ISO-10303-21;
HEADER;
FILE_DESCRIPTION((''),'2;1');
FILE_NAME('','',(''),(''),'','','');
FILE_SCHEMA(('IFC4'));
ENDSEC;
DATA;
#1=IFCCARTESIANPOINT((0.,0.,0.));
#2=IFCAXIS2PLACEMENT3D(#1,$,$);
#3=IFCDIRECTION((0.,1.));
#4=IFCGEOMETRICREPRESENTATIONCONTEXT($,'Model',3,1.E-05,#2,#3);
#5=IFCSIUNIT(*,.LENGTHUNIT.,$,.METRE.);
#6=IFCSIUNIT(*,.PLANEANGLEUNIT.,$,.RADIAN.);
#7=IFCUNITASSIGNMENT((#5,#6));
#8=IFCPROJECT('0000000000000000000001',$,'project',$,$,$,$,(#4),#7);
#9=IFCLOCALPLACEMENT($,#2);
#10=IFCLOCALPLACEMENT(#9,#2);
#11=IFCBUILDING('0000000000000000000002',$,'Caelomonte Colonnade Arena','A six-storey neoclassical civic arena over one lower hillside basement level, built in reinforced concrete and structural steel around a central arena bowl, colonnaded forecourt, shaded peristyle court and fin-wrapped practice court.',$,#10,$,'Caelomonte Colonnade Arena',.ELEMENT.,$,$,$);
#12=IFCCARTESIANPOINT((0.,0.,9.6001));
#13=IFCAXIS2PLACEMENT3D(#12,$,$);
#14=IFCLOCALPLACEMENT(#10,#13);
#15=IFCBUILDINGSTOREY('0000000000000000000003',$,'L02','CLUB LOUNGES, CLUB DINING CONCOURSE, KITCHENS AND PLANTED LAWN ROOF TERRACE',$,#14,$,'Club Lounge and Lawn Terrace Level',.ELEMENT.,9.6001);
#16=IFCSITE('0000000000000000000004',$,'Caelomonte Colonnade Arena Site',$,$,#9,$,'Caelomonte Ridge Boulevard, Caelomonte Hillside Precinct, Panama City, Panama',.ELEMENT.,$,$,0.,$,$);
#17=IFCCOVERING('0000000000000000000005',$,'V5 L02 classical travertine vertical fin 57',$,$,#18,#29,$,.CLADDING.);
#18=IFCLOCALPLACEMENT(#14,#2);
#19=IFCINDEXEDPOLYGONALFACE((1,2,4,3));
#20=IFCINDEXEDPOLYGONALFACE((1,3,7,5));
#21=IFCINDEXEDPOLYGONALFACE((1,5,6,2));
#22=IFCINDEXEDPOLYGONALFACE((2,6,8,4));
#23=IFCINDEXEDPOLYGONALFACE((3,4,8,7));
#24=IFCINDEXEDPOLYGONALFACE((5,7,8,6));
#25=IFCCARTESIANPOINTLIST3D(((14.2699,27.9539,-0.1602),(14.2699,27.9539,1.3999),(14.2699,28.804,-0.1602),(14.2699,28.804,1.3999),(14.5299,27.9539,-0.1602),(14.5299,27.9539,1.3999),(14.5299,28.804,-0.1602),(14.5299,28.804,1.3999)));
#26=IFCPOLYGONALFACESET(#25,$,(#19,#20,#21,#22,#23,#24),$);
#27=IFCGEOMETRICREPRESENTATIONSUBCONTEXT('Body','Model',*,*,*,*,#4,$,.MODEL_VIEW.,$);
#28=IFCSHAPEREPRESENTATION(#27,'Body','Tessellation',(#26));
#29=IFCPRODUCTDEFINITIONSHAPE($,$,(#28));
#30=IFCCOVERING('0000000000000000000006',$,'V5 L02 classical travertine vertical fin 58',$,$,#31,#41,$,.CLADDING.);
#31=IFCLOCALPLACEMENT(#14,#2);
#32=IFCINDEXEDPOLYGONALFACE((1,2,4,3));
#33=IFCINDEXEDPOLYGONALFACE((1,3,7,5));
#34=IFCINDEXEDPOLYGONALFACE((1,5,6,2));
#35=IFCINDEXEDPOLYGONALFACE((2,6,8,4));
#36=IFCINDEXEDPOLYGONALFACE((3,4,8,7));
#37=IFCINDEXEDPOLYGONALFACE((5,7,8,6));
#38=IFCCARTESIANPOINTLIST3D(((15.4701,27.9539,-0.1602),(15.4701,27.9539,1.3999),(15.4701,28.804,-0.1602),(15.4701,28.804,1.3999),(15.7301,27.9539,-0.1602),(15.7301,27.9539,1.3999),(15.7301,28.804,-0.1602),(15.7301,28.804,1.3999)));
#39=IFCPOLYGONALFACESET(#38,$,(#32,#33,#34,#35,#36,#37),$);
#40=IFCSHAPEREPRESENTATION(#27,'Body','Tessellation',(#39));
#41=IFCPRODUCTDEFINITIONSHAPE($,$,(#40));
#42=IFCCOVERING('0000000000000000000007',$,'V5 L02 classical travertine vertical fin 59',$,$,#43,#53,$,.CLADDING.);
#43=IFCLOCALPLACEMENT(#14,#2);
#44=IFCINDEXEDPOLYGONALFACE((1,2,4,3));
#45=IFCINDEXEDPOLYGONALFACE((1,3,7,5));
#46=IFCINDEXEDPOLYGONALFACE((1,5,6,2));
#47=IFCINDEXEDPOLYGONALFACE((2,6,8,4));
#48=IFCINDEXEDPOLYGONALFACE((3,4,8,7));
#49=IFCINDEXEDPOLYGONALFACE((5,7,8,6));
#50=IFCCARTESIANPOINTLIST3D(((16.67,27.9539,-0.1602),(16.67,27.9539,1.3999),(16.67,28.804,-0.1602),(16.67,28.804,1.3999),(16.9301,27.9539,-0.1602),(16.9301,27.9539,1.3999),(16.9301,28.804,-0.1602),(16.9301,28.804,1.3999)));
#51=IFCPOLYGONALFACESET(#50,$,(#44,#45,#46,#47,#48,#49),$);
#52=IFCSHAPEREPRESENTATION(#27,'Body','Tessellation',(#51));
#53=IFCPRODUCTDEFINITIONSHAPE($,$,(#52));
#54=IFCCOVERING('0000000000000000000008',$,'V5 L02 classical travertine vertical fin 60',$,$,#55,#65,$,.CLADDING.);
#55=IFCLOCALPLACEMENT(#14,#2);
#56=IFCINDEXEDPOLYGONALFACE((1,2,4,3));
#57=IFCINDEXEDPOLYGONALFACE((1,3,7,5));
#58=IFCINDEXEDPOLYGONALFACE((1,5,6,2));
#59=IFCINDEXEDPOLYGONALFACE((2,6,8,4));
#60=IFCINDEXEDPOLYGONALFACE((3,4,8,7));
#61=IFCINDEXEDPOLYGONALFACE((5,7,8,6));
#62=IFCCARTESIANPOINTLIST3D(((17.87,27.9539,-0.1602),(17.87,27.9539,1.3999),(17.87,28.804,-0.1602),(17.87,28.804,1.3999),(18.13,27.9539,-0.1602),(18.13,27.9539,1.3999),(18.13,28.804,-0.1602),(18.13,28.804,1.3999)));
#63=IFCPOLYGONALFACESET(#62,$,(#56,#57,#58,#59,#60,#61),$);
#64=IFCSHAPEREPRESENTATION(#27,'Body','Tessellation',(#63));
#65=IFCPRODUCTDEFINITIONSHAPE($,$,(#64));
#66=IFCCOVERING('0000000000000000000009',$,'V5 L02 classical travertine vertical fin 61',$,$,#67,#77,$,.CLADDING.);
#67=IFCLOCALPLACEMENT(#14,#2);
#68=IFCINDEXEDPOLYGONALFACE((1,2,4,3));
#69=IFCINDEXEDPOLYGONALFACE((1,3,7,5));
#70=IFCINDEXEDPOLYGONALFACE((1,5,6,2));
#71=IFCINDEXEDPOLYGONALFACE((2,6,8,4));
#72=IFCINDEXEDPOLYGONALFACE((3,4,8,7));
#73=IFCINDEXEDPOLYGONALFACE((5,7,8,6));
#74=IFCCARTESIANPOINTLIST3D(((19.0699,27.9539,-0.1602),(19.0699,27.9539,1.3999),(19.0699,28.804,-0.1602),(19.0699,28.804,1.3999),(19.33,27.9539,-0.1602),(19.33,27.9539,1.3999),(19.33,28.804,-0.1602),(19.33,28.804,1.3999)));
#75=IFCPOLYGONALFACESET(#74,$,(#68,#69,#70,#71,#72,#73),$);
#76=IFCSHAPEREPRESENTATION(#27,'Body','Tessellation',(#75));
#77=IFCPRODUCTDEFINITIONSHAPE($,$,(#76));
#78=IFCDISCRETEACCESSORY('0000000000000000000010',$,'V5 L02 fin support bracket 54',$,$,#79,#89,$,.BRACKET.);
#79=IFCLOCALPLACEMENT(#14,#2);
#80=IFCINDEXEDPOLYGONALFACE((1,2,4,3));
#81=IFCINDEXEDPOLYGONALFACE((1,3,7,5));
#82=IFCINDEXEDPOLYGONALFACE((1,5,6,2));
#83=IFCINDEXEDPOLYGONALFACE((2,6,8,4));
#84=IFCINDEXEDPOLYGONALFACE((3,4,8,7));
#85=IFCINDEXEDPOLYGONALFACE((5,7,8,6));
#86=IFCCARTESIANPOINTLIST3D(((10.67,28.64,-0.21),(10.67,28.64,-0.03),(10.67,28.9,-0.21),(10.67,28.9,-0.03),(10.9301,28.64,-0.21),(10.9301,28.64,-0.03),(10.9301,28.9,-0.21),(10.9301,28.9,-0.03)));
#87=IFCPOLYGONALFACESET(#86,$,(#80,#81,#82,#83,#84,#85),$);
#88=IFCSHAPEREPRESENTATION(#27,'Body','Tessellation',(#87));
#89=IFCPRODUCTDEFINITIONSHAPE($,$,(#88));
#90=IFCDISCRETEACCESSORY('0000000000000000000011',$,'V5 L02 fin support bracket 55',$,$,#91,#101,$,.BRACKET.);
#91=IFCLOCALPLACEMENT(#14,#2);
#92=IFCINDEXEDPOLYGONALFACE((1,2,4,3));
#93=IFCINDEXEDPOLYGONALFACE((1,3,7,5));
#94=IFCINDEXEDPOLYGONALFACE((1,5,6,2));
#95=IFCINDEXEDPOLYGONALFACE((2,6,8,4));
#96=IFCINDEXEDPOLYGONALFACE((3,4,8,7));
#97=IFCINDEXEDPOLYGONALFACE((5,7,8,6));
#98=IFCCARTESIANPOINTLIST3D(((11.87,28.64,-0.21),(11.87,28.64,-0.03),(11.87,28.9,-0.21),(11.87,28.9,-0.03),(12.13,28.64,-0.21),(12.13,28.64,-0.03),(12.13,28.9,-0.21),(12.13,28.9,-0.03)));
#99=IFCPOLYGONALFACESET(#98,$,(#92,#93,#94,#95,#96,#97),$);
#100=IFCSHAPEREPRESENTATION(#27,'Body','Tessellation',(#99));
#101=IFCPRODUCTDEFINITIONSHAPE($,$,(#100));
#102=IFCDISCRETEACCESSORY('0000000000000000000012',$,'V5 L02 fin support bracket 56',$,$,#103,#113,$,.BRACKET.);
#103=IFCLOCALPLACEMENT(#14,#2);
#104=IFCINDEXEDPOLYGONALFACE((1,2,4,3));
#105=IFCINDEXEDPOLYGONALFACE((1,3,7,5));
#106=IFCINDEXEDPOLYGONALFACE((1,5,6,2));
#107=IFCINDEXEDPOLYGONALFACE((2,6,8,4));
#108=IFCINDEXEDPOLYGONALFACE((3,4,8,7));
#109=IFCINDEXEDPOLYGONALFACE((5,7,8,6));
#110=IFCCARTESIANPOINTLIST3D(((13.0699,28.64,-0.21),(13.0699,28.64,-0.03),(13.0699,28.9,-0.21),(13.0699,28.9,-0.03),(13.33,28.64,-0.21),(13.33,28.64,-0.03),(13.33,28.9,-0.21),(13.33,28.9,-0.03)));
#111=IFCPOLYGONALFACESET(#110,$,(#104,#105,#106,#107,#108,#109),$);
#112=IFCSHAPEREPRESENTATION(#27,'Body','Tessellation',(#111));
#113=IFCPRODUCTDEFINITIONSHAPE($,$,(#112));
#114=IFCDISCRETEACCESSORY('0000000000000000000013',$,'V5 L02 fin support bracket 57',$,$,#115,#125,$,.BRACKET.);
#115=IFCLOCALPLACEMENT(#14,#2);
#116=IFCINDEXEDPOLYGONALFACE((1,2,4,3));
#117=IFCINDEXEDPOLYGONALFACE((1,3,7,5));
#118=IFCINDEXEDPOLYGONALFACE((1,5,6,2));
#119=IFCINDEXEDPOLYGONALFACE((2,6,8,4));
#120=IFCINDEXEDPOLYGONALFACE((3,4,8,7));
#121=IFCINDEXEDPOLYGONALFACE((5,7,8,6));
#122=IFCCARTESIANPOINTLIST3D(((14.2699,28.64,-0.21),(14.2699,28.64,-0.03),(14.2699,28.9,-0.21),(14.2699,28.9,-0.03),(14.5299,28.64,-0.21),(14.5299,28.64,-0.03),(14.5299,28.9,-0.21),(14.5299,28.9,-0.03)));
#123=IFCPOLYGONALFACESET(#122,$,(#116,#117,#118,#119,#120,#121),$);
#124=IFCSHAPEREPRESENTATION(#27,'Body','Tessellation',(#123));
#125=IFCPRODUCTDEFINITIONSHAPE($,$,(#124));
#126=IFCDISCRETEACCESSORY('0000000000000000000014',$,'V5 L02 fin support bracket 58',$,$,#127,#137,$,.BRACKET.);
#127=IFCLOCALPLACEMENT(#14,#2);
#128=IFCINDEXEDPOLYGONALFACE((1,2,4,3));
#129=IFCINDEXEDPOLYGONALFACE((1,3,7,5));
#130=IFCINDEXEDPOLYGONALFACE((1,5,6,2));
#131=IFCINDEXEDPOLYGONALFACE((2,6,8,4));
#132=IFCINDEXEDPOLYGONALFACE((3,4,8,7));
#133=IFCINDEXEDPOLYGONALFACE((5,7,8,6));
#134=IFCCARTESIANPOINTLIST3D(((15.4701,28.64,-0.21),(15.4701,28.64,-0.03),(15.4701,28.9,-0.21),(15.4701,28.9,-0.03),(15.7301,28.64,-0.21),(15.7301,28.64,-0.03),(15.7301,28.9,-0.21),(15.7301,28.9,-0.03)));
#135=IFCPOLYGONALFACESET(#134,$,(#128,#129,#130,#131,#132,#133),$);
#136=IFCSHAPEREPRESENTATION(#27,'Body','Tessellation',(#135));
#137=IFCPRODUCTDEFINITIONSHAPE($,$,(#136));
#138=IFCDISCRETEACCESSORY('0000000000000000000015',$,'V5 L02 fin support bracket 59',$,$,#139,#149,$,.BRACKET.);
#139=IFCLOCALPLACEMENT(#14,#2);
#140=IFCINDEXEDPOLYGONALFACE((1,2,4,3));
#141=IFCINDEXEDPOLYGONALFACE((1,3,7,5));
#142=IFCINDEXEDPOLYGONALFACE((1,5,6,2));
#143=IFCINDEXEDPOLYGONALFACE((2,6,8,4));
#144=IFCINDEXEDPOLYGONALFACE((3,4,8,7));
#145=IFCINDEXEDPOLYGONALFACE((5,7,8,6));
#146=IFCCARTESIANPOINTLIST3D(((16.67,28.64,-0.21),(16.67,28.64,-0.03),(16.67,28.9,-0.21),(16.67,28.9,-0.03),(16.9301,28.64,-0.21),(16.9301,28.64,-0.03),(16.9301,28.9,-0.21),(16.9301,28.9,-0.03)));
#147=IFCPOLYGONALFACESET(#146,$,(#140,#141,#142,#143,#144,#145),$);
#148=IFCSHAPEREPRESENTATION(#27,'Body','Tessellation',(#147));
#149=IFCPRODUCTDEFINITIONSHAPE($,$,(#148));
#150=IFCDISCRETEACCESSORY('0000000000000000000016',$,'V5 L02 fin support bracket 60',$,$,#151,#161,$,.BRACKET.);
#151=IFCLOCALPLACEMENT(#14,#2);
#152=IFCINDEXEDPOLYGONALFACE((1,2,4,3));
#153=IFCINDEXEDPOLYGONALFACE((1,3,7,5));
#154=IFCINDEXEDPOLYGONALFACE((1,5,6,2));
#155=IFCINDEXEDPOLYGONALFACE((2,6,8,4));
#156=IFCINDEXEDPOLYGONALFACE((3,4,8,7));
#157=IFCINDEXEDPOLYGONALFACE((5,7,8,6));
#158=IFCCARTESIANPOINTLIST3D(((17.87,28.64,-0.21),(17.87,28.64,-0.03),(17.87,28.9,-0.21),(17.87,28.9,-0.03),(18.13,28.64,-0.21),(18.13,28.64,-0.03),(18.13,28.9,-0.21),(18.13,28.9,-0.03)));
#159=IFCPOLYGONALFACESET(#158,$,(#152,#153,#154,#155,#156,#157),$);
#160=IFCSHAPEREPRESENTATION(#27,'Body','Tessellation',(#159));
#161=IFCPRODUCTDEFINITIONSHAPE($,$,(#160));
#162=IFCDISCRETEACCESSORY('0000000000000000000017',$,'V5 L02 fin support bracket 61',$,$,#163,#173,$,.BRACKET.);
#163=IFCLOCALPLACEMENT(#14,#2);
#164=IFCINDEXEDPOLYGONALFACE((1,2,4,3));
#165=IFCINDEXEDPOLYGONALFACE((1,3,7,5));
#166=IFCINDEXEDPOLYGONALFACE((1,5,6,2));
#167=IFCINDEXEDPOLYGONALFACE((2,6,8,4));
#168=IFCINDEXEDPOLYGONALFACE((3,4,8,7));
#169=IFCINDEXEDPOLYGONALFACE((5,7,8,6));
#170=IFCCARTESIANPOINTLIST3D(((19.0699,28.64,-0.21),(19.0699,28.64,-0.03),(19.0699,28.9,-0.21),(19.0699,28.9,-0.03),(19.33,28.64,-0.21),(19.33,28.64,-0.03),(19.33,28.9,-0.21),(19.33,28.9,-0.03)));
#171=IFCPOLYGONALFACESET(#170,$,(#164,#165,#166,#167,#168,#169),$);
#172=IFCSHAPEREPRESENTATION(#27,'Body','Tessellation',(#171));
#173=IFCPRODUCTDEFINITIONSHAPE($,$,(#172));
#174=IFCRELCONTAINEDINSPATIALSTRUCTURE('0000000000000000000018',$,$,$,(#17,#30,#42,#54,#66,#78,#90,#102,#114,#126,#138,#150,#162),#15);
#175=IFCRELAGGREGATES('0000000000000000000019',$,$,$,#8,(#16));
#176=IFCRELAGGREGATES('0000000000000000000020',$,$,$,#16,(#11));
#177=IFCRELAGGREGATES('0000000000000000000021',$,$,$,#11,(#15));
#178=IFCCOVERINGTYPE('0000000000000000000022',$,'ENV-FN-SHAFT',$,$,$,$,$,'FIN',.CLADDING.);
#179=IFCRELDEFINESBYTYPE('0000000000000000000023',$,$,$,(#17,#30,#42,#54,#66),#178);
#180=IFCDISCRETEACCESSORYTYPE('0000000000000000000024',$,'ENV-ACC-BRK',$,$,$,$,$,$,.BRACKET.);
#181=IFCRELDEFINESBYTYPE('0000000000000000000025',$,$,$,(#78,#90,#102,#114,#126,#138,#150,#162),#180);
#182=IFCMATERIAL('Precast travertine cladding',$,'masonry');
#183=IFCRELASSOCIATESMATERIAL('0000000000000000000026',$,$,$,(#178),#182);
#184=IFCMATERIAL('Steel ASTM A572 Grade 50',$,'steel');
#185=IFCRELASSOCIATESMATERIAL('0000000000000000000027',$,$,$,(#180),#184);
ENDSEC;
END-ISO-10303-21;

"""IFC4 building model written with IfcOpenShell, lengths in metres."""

from ifc_helpers import new_model, si_unit, direction, frame, origin, origin_2d, place, context, subcontext, project, spatial, rectangle, extrude, material, material_profile, profile_set, type_object, element, save


model = new_model("IFC4")

# Units and contexts
model_context = context("Model", 3, precision=1e-05, world=origin(), true_north=direction((0.0, 1.0)))
body_context = subcontext(model_context, "Body", "Model", "MODEL_VIEW")
ifc_project = project(units=[si_unit("LENGTHUNIT", "METRE"), si_unit("PLANEANGLEUNIT", "RADIAN")], contexts=[model_context])

# Site, building, storey
site_placement = place(None, origin())
site = spatial("IfcSite", under=ifc_project, at=site_placement, Name="Caelomonte Colonnade Arena Site", LongName="Caelomonte Ridge Boulevard, Caelomonte Hillside Precinct, Panama City, Panama", CompositionType="ELEMENT", RefElevation=0.0)
building_placement = place(site_placement, origin())
building = spatial("IfcBuilding", under=site, at=building_placement, Name="Caelomonte Colonnade Arena", Description="A six-storey neoclassical civic arena over one lower hillside basement level, built in reinforced concrete and structural steel around a central arena bowl, colonnaded forecourt, shaded peristyle court and fin-wrapped practice court.", LongName="Caelomonte Colonnade Arena", CompositionType="ELEMENT")
storey_placement = place(building_placement, frame((0.0, 0.0, 9.6001)))
storey = spatial("IfcBuildingStorey", under=building, at=storey_placement, Name="L02", Description="CLUB LOUNGES, CLUB DINING CONCOURSE, KITCHENS AND PLANTED LAWN ROOF TERRACE", LongName="Club Lounge and Lawn Terrace Level", CompositionType="ELEMENT", Elevation=9.6001)

# Coverings
ifc_material_1 = material(Name="Precast travertine cladding", Category="masonry")
ifc_material_profile_1 = material_profile(ifc_material_1, rectangle(XDim=0.26, YDim=0.8501, at=origin_2d()), Name="FIN260X850")
ifc_profile_set_1 = profile_set([ifc_material_profile_1], Name="Precast travertine cladding")
covering_type = type_object("IfcCoveringType", Name="ENV-FN-SHAFT", ElementType="FIN", PredefinedType="CLADDING", material=ifc_profile_set_1)
for number, where, z_axis, x_axis, name in (
    (1, (14.3999, 28.3789, -0.1602), (0.0, 0.0, 1.0), (-1.0, 0.0, 0.0), "V5 L02 classical travertine vertical fin 57"),
    (2, (15.6001, 28.3789, -0.1602), (0.0, 0.0, 1.0), (-1.0, 0.0, 0.0), "V5 L02 classical travertine vertical fin 58"),
    (3, (16.8, 28.3789, -0.1602), (0.0, 0.0, 1.0), (-1.0, 0.0, 0.0), "V5 L02 classical travertine vertical fin 59"),
    (4, (18.0, 28.3789, -0.1602), (0.0, 0.0, 1.0), (-1.0, 0.0, 0.0), "V5 L02 classical travertine vertical fin 60"),
    (5, (19.2, 28.3789, -0.1602), (0.0, 0.0, 1.0), (-1.0, 0.0, 0.0), "V5 L02 classical travertine vertical fin 61"),
):
    element("IfcCovering", number, at=place(storey_placement, frame(where, z_axis=z_axis, x_axis=x_axis)), inside=storey, type_object=covering_type, Name=name, PredefinedType="CLADDING", context=body_context, shape_type="SweptSolid", body=[
        extrude(rectangle(XDim=0.26, YDim=0.8501, at=origin_2d()), origin(), (0.0, 0.0, 1.0), 1.5601),
    ])

# Discrete accessories
ifc_material_2 = material(Name="Steel ASTM A572 Grade 50", Category="steel")
discrete_accessory_type = type_object("IfcDiscreteAccessoryType", Name="ENV-ACC-BRK", PredefinedType="BRACKET", material=ifc_material_2)
for number, where, z_axis, x_axis, name in (
    (6, (10.8, 28.77, -0.21), (0.0, 0.0, 1.0), (1.0, 0.0, 0.0), "V5 L02 fin support bracket 54"),
    (7, (12.0, 28.77, -0.21), (0.0, 0.0, 1.0), (1.0, 0.0, 0.0), "V5 L02 fin support bracket 55"),
    (8, (13.2, 28.77, -0.21), (0.0, 0.0, 1.0), (1.0, 0.0, 0.0), "V5 L02 fin support bracket 56"),
    (9, (14.3999, 28.77, -0.21), (0.0, 0.0, 1.0), (1.0, 0.0, 0.0), "V5 L02 fin support bracket 57"),
    (10, (15.6001, 28.77, -0.21), (0.0, 0.0, 1.0), (1.0, 0.0, 0.0), "V5 L02 fin support bracket 58"),
    (11, (16.8, 28.77, -0.21), (0.0, 0.0, 1.0), (1.0, 0.0, 0.0), "V5 L02 fin support bracket 59"),
    (12, (18.0, 28.77, -0.21), (0.0, 0.0, 1.0), (1.0, 0.0, 0.0), "V5 L02 fin support bracket 60"),
    (13, (19.2, 28.77, -0.21), (0.0, 0.0, 1.0), (1.0, 0.0, 0.0), "V5 L02 fin support bracket 61"),
):
    element("IfcDiscreteAccessory", number, at=place(storey_placement, frame(where, z_axis=z_axis, x_axis=x_axis)), inside=storey, type_object=discrete_accessory_type, Name=name, PredefinedType="BRACKET", context=body_context, shape_type="SweptSolid", body=[
        extrude(rectangle(XDim=0.26, YDim=0.26, at=origin_2d()), origin(), (0.0, 0.0, 1.0), 0.1799),
    ])

save(model, "model.ifc")
